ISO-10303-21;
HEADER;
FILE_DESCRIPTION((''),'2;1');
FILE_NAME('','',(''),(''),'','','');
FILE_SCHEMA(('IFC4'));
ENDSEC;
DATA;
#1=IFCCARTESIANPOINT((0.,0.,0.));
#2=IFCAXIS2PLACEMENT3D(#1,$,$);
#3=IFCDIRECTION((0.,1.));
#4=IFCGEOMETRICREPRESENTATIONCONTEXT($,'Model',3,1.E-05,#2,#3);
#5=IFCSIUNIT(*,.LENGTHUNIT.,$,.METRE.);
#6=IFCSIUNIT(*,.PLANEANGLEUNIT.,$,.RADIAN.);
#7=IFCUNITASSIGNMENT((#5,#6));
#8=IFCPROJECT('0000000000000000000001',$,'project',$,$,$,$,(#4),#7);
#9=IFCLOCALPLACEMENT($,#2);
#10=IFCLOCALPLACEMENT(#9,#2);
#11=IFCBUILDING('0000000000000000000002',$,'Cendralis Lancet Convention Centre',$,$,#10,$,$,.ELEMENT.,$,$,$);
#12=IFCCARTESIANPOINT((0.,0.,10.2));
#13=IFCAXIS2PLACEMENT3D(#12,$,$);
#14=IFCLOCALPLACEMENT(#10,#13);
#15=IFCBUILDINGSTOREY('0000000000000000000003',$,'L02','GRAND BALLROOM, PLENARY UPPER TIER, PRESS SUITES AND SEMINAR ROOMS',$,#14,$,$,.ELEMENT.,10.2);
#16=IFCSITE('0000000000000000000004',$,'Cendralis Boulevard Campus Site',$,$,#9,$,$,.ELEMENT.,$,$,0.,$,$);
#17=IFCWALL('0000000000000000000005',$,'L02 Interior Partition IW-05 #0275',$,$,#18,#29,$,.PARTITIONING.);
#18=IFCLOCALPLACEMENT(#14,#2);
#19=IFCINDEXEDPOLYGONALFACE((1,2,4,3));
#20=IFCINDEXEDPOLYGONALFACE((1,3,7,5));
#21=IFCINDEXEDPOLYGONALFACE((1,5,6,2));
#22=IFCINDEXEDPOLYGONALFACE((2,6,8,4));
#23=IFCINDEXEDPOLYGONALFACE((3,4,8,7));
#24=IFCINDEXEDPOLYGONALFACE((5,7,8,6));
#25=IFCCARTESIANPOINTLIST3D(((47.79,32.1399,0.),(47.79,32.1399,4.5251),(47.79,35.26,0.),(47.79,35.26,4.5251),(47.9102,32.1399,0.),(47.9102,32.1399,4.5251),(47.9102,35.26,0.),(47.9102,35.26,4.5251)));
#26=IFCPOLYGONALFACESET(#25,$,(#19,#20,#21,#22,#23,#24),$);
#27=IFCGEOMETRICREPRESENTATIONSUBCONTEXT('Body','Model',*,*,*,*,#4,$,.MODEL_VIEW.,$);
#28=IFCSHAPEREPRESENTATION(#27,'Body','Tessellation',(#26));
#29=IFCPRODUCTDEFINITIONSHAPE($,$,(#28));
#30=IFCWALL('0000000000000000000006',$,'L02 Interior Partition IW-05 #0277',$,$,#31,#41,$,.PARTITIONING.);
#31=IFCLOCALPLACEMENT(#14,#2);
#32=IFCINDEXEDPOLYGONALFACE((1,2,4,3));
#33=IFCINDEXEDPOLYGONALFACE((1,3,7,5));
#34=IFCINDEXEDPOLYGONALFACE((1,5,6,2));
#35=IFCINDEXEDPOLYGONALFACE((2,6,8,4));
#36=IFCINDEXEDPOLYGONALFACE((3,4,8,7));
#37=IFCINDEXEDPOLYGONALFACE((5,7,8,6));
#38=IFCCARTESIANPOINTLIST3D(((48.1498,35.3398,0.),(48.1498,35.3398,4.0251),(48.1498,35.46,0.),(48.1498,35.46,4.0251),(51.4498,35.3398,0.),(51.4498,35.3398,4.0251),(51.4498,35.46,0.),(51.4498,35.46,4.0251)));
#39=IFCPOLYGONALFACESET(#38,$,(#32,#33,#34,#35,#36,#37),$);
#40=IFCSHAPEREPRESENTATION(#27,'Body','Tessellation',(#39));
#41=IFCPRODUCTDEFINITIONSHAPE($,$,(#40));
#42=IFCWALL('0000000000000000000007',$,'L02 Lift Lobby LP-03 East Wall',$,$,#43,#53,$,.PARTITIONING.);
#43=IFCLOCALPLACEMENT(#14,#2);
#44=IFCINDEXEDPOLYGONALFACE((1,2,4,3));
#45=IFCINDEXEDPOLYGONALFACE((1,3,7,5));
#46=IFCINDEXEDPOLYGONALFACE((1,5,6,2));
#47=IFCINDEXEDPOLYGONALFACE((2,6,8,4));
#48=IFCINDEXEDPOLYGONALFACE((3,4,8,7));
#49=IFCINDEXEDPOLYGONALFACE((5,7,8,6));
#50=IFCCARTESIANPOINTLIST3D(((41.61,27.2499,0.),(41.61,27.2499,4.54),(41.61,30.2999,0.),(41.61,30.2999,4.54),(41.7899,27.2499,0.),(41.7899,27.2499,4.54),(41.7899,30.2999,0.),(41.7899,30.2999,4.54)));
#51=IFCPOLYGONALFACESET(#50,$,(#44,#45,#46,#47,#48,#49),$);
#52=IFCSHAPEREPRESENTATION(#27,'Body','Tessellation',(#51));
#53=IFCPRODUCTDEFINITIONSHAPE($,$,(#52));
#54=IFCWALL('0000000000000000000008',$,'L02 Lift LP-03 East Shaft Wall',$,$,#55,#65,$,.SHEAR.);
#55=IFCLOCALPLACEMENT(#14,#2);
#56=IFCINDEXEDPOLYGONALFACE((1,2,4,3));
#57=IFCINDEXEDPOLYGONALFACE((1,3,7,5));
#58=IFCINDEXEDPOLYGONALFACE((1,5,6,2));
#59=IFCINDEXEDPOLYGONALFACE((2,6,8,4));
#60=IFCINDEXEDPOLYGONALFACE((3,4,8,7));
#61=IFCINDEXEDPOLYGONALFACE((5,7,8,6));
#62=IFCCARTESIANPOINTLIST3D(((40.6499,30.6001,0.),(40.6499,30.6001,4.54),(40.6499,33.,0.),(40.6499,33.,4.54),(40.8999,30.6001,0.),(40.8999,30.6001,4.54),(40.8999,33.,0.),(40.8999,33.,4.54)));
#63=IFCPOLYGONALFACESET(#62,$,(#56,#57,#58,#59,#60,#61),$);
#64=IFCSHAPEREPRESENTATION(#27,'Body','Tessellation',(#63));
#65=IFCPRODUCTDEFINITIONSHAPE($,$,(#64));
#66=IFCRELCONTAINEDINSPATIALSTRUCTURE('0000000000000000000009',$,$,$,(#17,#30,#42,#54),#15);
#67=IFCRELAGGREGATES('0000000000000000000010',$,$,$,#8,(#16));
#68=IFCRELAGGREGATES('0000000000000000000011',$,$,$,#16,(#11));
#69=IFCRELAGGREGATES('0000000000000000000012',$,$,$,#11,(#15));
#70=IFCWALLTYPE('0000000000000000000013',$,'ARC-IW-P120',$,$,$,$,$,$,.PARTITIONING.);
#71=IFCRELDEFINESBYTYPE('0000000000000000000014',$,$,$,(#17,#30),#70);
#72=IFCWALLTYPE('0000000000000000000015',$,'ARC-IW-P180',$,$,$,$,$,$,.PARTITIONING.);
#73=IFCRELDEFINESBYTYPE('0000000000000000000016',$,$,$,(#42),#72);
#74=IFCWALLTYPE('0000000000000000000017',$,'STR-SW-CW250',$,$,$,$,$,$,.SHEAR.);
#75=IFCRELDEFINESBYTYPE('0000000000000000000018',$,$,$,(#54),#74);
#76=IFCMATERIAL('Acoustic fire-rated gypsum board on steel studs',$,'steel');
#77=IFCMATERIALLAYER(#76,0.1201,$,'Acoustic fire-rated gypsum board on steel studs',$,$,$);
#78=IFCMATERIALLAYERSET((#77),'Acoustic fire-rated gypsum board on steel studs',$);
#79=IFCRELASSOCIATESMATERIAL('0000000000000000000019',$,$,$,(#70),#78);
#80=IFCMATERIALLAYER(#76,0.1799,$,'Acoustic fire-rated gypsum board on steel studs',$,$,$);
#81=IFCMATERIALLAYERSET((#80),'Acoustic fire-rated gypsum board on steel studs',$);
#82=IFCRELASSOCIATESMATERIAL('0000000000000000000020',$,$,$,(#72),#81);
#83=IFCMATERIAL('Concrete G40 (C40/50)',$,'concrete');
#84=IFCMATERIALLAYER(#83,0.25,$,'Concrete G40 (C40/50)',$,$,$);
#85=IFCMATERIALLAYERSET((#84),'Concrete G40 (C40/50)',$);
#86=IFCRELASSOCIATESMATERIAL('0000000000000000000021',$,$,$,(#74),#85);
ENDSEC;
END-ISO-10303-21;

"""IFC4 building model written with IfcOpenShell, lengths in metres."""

from ifc_helpers import new_model, si_unit, direction, frame, frame_2d, origin, place, context, subcontext, project, spatial, rectangle, extrude, material, layer, layer_set, type_object, element, save


model = new_model("IFC4")

# Units and contexts
model_context = context("Model", 3, precision=1e-05, world=origin(), true_north=direction((0.0, 1.0)))
body_context = subcontext(model_context, "Body", "Model", "MODEL_VIEW")
ifc_project = project(units=[si_unit("LENGTHUNIT", "METRE"), si_unit("PLANEANGLEUNIT", "RADIAN")], contexts=[model_context])

# Site, building, storey
site_placement = place(None, origin())
site = spatial("IfcSite", under=ifc_project, at=site_placement, Name="Cendralis Boulevard Campus Site", CompositionType="ELEMENT", RefElevation=0.0)
building_placement = place(site_placement, origin())
building = spatial("IfcBuilding", under=site, at=building_placement, Name="Cendralis Lancet Convention Centre", CompositionType="ELEMENT")
storey_placement = place(building_placement, frame((0.0, 0.0, 10.2)))
storey = spatial("IfcBuildingStorey", under=building, at=storey_placement, Name="L02", Description="GRAND BALLROOM, PLENARY UPPER TIER, PRESS SUITES AND SEMINAR ROOMS", CompositionType="ELEMENT", Elevation=10.2)

# Shared definitions
ifc_material_1 = material(Name="Concrete G40 (C40/50)", Category="concrete")

# Shared definitions
ifc_material_2 = material(Name="Acoustic fire-rated gypsum board on steel studs", Category="steel")
ifc_layer_1 = layer(ifc_material_2, 0.1201, Name="Acoustic fire-rated gypsum board on steel studs")
ifc_layer_set_1 = layer_set([ifc_layer_1], Name="Acoustic fire-rated gypsum board on steel studs")
wall_type_1 = type_object("IfcWallType", Name="ARC-IW-P120", PredefinedType="PARTITIONING", material=ifc_layer_set_1)

# Wall
for number, where, z_axis, x_axis, name in (
    (1, (47.8501, 32.1399, 0.0), (0.0, 0.0, 1.0), (0.0, 1.0, 0.0), "L02 Interior Partition IW-05 #0275"),
):
    element("IfcWall", number, at=place(storey_placement, frame(where, z_axis=z_axis, x_axis=x_axis)), inside=storey, type_object=wall_type_1, Name=name, PredefinedType="PARTITIONING", context=body_context, shape_type="SweptSolid", body=[
        extrude(rectangle(XDim=3.1201, YDim=0.1201, at=frame_2d((1.5601, 0.0))), origin(), (0.0, 0.0, 1.0), 4.5251),
    ])

# Wall
wall_1_placement = place(storey_placement, frame((48.1499, 35.3999, 0.0), z_axis=(0.0, 0.0, 1.0), x_axis=(1.0, 0.0, 0.0)))
element("IfcWall", 2, at=wall_1_placement, inside=storey, type_object=wall_type_1, Name="L02 Interior Partition IW-05 #0277", PredefinedType="PARTITIONING", context=body_context, shape_type="SweptSolid", body=[
    extrude(rectangle(XDim=3.3, YDim=0.1201, at=frame_2d((1.6499, 0.0))), origin(), (0.0, 0.0, 1.0), 4.0251),
])

# Shared definitions
ifc_layer_2 = layer(ifc_material_2, 0.1799, Name="Acoustic fire-rated gypsum board on steel studs")
ifc_layer_set_2 = layer_set([ifc_layer_2], Name="Acoustic fire-rated gypsum board on steel studs")
wall_type_2 = type_object("IfcWallType", Name="ARC-IW-P180", PredefinedType="PARTITIONING", material=ifc_layer_set_2)

# Walls
wall_2_placement = place(storey_placement, frame((41.7, 27.25, 0.0), z_axis=(0.0, 0.0, 1.0), x_axis=(0.0, 1.0, 0.0)))
element("IfcWall", 3, at=wall_2_placement, inside=storey, type_object=wall_type_2, Name="L02 Lift Lobby LP-03 East Wall", PredefinedType="PARTITIONING", context=body_context, shape_type="SweptSolid", body=[
    extrude(rectangle(XDim=3.05, YDim=0.1799, at=frame_2d((1.5249, 0.0))), origin(), (0.0, 0.0, 1.0), 4.54),
])
ifc_layer_3 = layer(ifc_material_1, 0.25, Name="Concrete G40 (C40/50)")
ifc_layer_set_3 = layer_set([ifc_layer_3], Name="Concrete G40 (C40/50)")
wall_type_3 = type_object("IfcWallType", Name="STR-SW-CW250", PredefinedType="SHEAR", material=ifc_layer_set_3)
wall_3_placement = place(storey_placement, frame((40.7749, 30.6001, 0.0), z_axis=(0.0, 0.0, 1.0), x_axis=(0.0, 1.0, 0.0)))
element("IfcWall", 4, at=wall_3_placement, inside=storey, type_object=wall_type_3, Name="L02 Lift LP-03 East Shaft Wall", PredefinedType="SHEAR", context=body_context, shape_type="SweptSolid", body=[
    extrude(rectangle(XDim=2.3999, YDim=0.25, at=frame_2d((1.2, 0.0))), origin(), (0.0, 0.0, 1.0), 4.54),
])

save(model, "model.ifc")
